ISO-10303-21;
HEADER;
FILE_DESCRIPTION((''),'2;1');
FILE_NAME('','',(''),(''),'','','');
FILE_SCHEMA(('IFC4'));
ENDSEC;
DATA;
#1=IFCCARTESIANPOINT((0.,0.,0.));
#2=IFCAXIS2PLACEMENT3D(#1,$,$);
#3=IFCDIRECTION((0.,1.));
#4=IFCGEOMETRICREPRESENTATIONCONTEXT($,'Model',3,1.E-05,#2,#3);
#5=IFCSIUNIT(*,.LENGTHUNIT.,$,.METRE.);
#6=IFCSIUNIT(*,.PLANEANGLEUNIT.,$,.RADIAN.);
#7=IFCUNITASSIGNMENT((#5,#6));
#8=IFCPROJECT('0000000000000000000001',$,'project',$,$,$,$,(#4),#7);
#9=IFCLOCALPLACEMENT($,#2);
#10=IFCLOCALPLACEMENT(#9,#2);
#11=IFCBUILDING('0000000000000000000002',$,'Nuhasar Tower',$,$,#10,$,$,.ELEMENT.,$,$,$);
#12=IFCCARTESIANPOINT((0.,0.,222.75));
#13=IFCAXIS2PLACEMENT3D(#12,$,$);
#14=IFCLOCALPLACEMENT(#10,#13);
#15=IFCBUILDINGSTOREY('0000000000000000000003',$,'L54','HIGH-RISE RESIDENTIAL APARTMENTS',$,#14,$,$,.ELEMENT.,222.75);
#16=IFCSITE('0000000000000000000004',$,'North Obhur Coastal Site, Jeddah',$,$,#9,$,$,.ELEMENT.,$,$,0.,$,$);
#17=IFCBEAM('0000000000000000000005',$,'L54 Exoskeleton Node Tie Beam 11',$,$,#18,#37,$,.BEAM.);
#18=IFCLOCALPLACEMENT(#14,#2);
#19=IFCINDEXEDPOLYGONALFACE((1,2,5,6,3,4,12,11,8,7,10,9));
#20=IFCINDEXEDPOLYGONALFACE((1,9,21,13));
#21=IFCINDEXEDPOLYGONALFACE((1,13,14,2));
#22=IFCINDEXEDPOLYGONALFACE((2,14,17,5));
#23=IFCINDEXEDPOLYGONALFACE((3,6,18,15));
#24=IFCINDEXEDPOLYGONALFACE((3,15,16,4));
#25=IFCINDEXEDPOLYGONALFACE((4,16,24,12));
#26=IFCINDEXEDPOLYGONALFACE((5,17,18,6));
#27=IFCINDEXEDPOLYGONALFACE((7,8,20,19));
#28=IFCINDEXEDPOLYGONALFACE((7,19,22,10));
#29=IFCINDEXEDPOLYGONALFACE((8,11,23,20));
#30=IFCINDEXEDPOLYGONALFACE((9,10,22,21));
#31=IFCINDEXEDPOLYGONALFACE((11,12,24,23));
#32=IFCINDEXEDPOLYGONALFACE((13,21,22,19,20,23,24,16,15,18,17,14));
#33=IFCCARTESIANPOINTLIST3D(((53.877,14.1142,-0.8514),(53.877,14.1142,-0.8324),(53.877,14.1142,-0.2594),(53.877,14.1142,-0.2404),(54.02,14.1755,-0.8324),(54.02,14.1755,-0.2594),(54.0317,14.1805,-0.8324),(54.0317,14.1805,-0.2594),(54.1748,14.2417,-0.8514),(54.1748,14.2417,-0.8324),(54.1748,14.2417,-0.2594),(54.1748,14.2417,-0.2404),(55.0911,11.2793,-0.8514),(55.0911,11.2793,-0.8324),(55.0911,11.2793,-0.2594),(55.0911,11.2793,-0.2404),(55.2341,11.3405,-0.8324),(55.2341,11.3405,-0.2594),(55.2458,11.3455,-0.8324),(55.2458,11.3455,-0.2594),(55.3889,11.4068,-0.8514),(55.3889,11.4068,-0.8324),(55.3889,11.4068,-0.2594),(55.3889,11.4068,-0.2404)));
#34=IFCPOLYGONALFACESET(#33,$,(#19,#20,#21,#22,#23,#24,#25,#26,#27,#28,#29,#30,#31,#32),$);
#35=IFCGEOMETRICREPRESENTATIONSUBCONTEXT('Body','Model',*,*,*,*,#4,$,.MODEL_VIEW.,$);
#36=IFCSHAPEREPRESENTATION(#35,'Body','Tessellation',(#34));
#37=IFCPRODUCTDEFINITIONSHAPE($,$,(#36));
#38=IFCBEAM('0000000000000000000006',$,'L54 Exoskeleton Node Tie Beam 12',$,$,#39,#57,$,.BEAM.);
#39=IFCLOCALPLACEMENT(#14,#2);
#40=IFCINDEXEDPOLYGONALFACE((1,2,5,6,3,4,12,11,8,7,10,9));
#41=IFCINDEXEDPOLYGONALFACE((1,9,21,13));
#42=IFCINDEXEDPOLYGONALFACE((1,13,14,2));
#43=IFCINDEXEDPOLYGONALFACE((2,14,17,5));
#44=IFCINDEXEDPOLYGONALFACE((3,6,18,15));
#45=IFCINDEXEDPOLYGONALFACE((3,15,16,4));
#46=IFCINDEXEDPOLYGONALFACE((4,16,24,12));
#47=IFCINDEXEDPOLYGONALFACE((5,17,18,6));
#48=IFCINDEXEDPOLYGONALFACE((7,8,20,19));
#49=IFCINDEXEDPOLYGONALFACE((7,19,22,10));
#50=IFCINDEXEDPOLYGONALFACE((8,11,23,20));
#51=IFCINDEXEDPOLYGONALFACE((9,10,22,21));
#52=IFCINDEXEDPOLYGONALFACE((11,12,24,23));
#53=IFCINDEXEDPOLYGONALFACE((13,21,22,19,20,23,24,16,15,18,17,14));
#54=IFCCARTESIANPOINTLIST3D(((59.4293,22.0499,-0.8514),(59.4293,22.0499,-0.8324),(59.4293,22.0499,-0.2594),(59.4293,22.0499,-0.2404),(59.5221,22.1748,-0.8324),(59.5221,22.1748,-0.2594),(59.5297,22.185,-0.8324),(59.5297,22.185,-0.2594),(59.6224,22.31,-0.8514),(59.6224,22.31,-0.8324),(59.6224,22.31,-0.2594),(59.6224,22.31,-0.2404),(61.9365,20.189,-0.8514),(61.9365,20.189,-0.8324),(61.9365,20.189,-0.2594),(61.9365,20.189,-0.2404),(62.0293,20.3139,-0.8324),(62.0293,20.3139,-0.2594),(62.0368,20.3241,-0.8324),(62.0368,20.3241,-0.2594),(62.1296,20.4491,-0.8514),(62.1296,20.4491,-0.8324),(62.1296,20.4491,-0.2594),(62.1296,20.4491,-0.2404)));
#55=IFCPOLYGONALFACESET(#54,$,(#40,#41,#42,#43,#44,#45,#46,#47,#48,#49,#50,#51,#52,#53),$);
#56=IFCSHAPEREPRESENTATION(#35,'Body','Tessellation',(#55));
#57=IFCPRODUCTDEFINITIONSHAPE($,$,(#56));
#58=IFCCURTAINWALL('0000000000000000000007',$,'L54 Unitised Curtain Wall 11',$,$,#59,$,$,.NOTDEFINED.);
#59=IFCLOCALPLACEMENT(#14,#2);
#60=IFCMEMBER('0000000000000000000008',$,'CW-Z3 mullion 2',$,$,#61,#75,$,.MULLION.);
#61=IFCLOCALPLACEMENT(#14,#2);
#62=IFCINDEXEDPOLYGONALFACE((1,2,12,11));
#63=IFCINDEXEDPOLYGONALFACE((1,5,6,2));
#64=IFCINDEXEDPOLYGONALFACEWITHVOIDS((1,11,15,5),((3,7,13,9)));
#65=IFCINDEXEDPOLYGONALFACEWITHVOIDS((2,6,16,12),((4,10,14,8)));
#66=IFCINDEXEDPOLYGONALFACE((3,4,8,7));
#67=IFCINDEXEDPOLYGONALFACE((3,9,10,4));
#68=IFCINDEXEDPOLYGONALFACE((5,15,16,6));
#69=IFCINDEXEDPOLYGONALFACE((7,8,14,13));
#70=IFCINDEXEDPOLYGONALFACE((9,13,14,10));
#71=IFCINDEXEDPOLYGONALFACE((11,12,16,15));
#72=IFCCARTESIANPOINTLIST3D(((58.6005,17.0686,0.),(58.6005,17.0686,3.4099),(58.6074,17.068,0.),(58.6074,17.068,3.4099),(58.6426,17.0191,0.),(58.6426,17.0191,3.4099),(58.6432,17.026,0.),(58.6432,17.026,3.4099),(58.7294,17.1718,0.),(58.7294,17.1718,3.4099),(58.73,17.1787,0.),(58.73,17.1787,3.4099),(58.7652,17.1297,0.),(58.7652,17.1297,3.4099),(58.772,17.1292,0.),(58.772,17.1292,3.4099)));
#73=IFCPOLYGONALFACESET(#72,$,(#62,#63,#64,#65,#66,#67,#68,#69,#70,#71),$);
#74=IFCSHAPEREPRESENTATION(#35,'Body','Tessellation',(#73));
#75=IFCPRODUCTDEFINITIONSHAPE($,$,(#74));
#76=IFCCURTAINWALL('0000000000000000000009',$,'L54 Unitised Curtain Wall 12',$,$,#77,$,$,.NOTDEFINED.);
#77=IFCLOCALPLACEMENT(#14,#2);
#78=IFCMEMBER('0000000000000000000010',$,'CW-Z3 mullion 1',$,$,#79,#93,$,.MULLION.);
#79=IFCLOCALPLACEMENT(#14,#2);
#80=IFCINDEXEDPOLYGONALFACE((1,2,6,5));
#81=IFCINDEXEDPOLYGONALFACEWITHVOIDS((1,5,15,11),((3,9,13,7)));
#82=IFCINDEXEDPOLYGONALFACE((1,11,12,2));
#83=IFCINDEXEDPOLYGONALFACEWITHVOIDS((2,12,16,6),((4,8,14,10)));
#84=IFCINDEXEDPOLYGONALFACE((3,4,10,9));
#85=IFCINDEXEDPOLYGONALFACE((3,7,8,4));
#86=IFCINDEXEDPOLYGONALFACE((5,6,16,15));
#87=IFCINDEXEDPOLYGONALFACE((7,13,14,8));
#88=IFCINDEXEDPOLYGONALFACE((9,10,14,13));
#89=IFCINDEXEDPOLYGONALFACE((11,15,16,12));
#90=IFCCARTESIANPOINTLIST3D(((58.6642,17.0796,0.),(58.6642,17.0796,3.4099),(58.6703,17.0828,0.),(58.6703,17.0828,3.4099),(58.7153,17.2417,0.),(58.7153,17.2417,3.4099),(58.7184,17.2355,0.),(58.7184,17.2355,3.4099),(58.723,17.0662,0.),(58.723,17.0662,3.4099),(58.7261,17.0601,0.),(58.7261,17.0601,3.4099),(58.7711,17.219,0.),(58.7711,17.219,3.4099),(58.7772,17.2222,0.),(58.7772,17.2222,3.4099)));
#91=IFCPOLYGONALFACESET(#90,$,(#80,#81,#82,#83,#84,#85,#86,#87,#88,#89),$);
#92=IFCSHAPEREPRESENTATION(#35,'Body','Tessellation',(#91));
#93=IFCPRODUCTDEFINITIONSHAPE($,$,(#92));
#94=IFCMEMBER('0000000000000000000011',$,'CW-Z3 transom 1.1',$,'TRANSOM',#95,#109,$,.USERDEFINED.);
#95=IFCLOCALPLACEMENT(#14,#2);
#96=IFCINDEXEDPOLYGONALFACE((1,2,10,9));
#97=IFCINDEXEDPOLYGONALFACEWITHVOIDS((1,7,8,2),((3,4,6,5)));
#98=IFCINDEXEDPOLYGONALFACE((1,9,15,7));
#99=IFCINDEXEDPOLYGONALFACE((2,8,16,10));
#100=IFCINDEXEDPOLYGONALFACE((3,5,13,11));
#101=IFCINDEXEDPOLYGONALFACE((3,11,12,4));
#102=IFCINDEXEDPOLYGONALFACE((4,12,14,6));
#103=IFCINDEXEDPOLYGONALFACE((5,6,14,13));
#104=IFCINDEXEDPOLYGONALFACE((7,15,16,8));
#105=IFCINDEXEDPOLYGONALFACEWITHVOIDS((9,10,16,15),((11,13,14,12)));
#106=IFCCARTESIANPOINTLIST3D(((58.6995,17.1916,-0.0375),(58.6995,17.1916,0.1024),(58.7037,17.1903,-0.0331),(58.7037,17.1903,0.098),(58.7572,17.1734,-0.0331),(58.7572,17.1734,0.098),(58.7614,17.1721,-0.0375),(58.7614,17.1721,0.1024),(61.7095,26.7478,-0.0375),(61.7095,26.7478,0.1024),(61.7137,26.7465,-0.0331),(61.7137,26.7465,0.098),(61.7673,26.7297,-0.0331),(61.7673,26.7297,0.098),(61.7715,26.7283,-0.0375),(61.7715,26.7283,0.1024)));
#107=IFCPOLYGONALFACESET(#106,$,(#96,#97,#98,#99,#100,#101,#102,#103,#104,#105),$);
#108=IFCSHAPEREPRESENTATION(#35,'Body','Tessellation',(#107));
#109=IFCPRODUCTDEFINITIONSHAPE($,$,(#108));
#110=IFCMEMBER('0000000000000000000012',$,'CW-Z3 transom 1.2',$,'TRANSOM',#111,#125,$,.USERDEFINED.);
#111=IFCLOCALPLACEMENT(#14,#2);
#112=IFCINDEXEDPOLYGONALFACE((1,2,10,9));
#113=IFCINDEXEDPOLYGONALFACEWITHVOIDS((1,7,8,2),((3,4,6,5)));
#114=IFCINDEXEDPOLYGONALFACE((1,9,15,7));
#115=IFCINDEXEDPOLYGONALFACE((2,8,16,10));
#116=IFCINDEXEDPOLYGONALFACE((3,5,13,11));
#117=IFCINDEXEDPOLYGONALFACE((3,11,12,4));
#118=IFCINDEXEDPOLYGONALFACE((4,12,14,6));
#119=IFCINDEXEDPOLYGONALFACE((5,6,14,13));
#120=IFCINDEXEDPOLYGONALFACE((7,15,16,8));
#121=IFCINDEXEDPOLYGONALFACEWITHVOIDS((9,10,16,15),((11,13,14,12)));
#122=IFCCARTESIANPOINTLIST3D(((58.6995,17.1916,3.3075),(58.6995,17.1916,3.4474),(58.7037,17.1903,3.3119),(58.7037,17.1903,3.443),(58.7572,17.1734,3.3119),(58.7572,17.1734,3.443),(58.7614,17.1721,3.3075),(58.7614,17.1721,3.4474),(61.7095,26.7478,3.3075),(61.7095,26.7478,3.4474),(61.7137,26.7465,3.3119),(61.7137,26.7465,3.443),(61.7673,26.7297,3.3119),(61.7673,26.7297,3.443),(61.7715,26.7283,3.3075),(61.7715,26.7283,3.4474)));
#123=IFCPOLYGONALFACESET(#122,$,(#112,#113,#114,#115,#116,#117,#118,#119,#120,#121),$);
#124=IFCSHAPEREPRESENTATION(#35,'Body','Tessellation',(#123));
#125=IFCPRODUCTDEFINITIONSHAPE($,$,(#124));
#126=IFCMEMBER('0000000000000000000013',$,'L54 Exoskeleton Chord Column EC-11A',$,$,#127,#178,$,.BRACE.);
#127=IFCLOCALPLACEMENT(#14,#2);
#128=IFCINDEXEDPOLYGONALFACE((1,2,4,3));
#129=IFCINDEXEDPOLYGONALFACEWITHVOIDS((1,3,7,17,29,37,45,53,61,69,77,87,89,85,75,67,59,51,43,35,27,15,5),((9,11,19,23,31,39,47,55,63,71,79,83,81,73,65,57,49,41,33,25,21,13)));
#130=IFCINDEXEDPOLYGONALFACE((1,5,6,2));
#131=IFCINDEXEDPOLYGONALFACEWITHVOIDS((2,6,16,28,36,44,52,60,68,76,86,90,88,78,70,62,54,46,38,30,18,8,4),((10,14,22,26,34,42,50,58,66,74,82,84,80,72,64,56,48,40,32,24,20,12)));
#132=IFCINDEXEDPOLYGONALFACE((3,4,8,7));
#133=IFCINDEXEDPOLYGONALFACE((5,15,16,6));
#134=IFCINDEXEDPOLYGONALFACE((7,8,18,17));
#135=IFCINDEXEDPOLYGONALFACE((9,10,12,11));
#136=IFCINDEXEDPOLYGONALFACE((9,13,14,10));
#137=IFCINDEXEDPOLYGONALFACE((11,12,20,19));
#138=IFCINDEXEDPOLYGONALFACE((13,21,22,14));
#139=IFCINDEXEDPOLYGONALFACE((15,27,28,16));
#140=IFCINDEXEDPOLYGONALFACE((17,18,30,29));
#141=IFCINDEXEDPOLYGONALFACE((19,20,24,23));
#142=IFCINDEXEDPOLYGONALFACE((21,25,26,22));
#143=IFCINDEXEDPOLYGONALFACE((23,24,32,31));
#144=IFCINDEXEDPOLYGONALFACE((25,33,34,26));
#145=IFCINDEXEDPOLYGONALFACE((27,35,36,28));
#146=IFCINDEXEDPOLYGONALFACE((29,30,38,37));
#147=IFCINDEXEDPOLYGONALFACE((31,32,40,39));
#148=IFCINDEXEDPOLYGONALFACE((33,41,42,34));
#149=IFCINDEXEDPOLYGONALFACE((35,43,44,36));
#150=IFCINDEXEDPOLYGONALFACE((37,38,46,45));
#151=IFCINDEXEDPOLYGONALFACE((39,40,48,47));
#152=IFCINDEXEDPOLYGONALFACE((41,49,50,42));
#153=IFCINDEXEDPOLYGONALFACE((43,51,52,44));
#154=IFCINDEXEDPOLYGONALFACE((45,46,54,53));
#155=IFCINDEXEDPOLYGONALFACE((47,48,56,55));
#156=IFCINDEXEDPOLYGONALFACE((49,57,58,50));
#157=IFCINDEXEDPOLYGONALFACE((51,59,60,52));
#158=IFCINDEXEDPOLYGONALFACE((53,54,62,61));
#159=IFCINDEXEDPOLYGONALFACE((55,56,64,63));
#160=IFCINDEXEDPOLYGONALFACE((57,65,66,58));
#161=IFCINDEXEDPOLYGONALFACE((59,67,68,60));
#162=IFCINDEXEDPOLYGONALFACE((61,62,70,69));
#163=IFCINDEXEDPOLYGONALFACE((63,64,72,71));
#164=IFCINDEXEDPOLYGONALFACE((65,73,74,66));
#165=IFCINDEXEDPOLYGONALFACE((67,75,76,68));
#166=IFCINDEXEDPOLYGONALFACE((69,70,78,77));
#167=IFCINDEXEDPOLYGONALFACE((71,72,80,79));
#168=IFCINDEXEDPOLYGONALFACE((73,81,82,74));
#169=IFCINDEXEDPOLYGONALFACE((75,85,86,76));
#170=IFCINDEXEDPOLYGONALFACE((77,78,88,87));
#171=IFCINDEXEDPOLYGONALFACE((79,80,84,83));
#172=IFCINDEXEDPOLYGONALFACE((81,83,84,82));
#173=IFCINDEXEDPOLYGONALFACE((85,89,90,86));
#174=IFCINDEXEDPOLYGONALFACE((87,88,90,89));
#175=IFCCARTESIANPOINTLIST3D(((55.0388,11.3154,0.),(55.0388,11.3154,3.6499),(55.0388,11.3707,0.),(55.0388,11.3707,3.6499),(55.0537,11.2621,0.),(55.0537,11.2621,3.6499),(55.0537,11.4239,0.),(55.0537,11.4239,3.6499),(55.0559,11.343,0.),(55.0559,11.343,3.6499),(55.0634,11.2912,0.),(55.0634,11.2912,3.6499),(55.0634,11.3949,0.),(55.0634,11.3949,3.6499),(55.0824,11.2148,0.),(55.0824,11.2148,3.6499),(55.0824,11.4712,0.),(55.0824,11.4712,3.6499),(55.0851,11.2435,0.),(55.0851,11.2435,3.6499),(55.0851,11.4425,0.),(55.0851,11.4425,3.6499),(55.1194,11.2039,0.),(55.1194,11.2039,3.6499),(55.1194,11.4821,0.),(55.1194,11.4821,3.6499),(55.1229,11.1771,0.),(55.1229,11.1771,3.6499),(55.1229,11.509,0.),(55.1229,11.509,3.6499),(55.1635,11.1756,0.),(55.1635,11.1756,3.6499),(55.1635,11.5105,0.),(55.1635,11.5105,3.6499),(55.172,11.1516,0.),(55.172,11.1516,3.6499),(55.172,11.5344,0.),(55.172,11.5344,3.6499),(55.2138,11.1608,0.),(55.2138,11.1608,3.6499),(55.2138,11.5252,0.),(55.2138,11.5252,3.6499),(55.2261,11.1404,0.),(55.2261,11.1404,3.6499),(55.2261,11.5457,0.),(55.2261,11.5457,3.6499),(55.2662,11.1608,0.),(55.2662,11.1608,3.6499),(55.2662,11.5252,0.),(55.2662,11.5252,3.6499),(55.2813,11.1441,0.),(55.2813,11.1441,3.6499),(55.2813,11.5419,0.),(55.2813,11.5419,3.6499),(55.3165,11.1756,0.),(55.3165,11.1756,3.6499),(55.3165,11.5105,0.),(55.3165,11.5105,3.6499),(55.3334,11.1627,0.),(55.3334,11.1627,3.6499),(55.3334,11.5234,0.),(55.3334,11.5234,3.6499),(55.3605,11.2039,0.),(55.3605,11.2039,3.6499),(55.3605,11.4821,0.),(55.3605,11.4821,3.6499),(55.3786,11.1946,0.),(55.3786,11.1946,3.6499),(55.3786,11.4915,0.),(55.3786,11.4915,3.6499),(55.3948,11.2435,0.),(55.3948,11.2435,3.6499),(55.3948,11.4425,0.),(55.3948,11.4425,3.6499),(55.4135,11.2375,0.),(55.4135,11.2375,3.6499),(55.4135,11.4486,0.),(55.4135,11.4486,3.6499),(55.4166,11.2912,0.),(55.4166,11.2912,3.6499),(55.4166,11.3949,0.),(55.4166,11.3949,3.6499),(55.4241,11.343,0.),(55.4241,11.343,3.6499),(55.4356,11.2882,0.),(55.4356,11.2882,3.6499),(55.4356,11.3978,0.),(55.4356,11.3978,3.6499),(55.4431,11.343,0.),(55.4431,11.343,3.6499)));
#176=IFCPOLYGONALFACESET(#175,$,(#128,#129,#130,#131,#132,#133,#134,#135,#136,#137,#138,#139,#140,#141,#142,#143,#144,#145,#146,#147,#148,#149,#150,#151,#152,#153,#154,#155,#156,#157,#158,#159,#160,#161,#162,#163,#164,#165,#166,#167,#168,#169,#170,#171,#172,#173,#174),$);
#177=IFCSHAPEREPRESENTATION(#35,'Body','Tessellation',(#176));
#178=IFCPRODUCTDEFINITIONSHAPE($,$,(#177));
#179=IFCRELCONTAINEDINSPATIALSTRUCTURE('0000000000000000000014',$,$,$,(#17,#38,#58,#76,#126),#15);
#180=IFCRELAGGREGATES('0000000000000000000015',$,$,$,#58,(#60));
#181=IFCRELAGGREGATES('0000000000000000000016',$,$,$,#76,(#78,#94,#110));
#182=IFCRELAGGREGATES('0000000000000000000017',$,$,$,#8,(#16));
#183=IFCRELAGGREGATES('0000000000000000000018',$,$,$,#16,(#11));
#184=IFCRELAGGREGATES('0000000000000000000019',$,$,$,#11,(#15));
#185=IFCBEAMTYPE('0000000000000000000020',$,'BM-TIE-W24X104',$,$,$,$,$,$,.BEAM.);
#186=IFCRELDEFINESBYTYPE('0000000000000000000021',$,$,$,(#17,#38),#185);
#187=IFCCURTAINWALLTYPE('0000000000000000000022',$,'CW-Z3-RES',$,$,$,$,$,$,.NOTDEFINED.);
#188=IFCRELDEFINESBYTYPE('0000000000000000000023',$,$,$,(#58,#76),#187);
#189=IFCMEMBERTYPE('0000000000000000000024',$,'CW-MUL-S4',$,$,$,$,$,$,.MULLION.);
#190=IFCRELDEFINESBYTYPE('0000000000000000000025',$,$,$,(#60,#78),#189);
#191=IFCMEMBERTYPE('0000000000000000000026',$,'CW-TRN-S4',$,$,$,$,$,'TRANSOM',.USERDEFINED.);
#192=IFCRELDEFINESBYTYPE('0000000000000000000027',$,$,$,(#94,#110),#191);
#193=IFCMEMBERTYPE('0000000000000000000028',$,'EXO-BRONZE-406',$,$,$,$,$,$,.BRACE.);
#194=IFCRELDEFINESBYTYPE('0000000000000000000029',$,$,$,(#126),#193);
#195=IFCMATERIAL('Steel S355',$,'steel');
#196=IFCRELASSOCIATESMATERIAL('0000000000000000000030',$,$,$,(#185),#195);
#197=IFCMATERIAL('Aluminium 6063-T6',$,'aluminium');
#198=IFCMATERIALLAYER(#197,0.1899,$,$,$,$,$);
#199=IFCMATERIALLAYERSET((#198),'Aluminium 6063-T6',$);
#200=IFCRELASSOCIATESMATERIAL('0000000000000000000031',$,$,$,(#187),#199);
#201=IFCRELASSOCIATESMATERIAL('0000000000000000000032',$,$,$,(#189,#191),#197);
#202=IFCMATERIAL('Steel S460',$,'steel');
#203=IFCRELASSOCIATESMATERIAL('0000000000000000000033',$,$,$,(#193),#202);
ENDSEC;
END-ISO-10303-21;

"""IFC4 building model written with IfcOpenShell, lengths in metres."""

from ifc_helpers import new_model, si_unit, direction, frame, origin, origin_2d, place, context, subcontext, project, spatial, hollow_rectangle, hollow_circle, i_section, extrude, material, layer, layer_set, material_profile, profile_set, type_object, element, aggregate, save


model = new_model("IFC4")

# Units and contexts
model_context = context("Model", 3, precision=1e-05, world=origin(), true_north=direction((0.0, 1.0)))
body_context = subcontext(model_context, "Body", "Model", "MODEL_VIEW")
ifc_project = project(units=[si_unit("LENGTHUNIT", "METRE"), si_unit("PLANEANGLEUNIT", "RADIAN")], contexts=[model_context])

# Site, building, storey
site_placement = place(None, origin())
site = spatial("IfcSite", under=ifc_project, at=site_placement, Name="North Obhur Coastal Site, Jeddah", CompositionType="ELEMENT", RefElevation=0.0)
building_placement = place(site_placement, origin())
building = spatial("IfcBuilding", under=site, at=building_placement, Name="Nuhasar Tower", CompositionType="ELEMENT")
storey_placement = place(building_placement, frame((0.0, 0.0, 222.75)))
storey = spatial("IfcBuildingStorey", under=building, at=storey_placement, Name="L54", Description="HIGH-RISE RESIDENTIAL APARTMENTS", CompositionType="ELEMENT", Elevation=222.75)

# Beams
ifc_material_1 = material(Name="Steel S355", Category="steel")
ifc_material_profile_1 = material_profile(ifc_material_1, i_section(OverallWidth=0.324, OverallDepth=0.6111, WebThickness=0.0127, FlangeThickness=0.019, at=origin_2d()), Name="W24X104")
ifc_profile_set_1 = profile_set([ifc_material_profile_1], Name="Steel S355")
beam_type_1 = type_object("IfcBeamType", Name="BM-TIE-W24X104", PredefinedType="BEAM", material=ifc_profile_set_1)
beam_1_placement = place(storey_placement, frame((54.0259, 14.178, -0.5459), z_axis=(0.39368, -0.919247, 0.0), x_axis=(0.919247, 0.39368, 0.0)))
element("IfcBeam", 1, at=beam_1_placement, inside=storey, type_object=beam_type_1, Name="L54 Exoskeleton Node Tie Beam 11", PredefinedType="BEAM", context=body_context, shape_type="SweptSolid", body=[
    extrude(i_section(OverallWidth=0.324, OverallDepth=0.6111, WebThickness=0.0127, FlangeThickness=0.019, at=origin_2d()), origin(), (0.0, 0.0, 1.0), 3.084),
])
beam_2_placement = place(storey_placement, frame((59.5259, 22.1799, -0.5459), z_axis=(0.802983, -0.596001, 0.0), x_axis=(0.596001, 0.802983, 0.0)))
element("IfcBeam", 2, at=beam_2_placement, inside=storey, type_object=beam_type_1, Name="L54 Exoskeleton Node Tie Beam 12", PredefinedType="BEAM", context=body_context, shape_type="SweptSolid", body=[
    extrude(i_section(OverallWidth=0.324, OverallDepth=0.6111, WebThickness=0.0127, FlangeThickness=0.019, at=origin_2d()), origin(), (0.0, 0.0, 1.0), 3.1223),
])

# Curtain wall, member
ifc_material_2 = material(Name="Aluminium 6063-T6", Category="aluminium")
ifc_layer_1 = layer(ifc_material_2, 0.1899)
ifc_layer_set_1 = layer_set([ifc_layer_1], Name="Aluminium 6063-T6")
curtain_wall_type = type_object("IfcCurtainWallType", Name="CW-Z3-RES", PredefinedType="NOTDEFINED", material=ifc_layer_set_1)
curtain_wall_1_placement = place(storey_placement, origin())
curtain_wall_1 = element("IfcCurtainWall", 3, at=curtain_wall_1_placement, inside=storey, type_object=curtain_wall_type, Name="L54 Unitised Curtain Wall 11", PredefinedType="NOTDEFINED")
ifc_material_profile_2 = material_profile(ifc_material_2, hollow_rectangle(XDim=0.0649, YDim=0.1699, WallThickness=0.0049, at=origin_2d()), Name="CWM-4")
ifc_profile_set_2 = profile_set([ifc_material_profile_2], Name="Aluminium 6063-T6")
member_type_1 = type_object("IfcMemberType", Name="CW-MUL-S4", PredefinedType="MULLION", material=ifc_profile_set_2)
member_1_placement = place(storey_placement, frame((58.6863, 17.0989, 0.0), z_axis=(0.0, 0.0, 1.0), x_axis=(-0.647895, 0.761729, 0.0)))
member_1 = element("IfcMember", 4, at=member_1_placement, type_object=member_type_1, Name="CW-Z3 mullion 2", PredefinedType="MULLION", context=body_context, shape_type="SweptSolid", body=[
    extrude(hollow_rectangle(XDim=0.0649, YDim=0.1699, WallThickness=0.0049, at=origin_2d()), origin(), (0.0, 0.0, 1.0), 3.4099),
])

# Curtain wall, members
curtain_wall_2_placement = place(storey_placement, origin())
curtain_wall_2 = element("IfcCurtainWall", 5, at=curtain_wall_2_placement, inside=storey, type_object=curtain_wall_type, Name="L54 Unitised Curtain Wall 12", PredefinedType="NOTDEFINED")
member_2_placement = place(storey_placement, frame((58.7207, 17.1509, 0.0), z_axis=(0.0, 0.0, 1.0), x_axis=(-0.953804, 0.300429, 0.0)))
member_2 = element("IfcMember", 6, at=member_2_placement, type_object=member_type_1, Name="CW-Z3 mullion 1", PredefinedType="MULLION", context=body_context, shape_type="SweptSolid", body=[
    extrude(hollow_rectangle(XDim=0.0649, YDim=0.1699, WallThickness=0.0049, at=origin_2d()), origin(), (0.0, 0.0, 1.0), 3.4099),
])
ifc_material_profile_3 = material_profile(ifc_material_2, hollow_rectangle(XDim=0.0649, YDim=0.1399, WallThickness=0.0044, at=origin_2d()), Name="CWT-4")
ifc_profile_set_3 = profile_set([ifc_material_profile_3], Name="Aluminium 6063-T6")
member_type_2 = type_object("IfcMemberType", Name="CW-TRN-S4", ElementType="TRANSOM", PredefinedType="USERDEFINED", material=ifc_profile_set_3)
member_3_placement = place(storey_placement, frame((58.7305, 17.1819, 0.0325), z_axis=(0.30043, 0.953804, 0.0), x_axis=(-0.953804, 0.30043, 0.0)))
member_3 = element("IfcMember", 7, at=member_3_placement, type_object=member_type_2, Name="CW-Z3 transom 1.1", ObjectType="TRANSOM", PredefinedType="USERDEFINED", context=body_context, shape_type="SweptSolid", body=[
    extrude(hollow_rectangle(XDim=0.0649, YDim=0.1399, WallThickness=0.0044, at=origin_2d()), origin(), (0.0, 0.0, 1.0), 10.019),
])
member_4_placement = place(storey_placement, frame((58.7305, 17.1819, 3.3774), z_axis=(0.30043, 0.953804, 0.0), x_axis=(-0.953804, 0.30043, 0.0)))
member_4 = element("IfcMember", 8, at=member_4_placement, type_object=member_type_2, Name="CW-Z3 transom 1.2", ObjectType="TRANSOM", PredefinedType="USERDEFINED", context=body_context, shape_type="SweptSolid", body=[
    extrude(hollow_rectangle(XDim=0.0649, YDim=0.1399, WallThickness=0.0044, at=origin_2d()), origin(), (0.0, 0.0, 1.0), 10.019),
])

# Member
ifc_material_3 = material(Name="Steel S460", Category="steel")
ifc_material_profile_4 = material_profile(ifc_material_3, hollow_circle(Radius=0.2031, WallThickness=0.019, at=origin_2d()), Name="HSS406.4X19.1")
ifc_profile_set_4 = profile_set([ifc_material_profile_4], Name="Steel S460")
member_type_3 = type_object("IfcMemberType", Name="EXO-BRONZE-406", PredefinedType="BRACE", material=ifc_profile_set_4)
for number, where, z_axis, x_axis, name in (
    (9, (55.24, 11.343, 0.0), (0.0, 0.0, 1.0), (1.0, 0.0, 0.0), "L54 Exoskeleton Chord Column EC-11A"),
):
    element("IfcMember", number, at=place(storey_placement, frame(where, z_axis=z_axis, x_axis=x_axis)), inside=storey, type_object=member_type_3, Name=name, PredefinedType="BRACE", context=body_context, shape_type="SweptSolid", body=[
        extrude(hollow_circle(Radius=0.2031, WallThickness=0.019, at=origin_2d()), origin(), (0.0, 0.0, 1.0), 3.6499),
    ])

aggregate(curtain_wall_1, [member_1])
aggregate(curtain_wall_2, [member_2, member_3, member_4])

save(model, "model.ifc")
